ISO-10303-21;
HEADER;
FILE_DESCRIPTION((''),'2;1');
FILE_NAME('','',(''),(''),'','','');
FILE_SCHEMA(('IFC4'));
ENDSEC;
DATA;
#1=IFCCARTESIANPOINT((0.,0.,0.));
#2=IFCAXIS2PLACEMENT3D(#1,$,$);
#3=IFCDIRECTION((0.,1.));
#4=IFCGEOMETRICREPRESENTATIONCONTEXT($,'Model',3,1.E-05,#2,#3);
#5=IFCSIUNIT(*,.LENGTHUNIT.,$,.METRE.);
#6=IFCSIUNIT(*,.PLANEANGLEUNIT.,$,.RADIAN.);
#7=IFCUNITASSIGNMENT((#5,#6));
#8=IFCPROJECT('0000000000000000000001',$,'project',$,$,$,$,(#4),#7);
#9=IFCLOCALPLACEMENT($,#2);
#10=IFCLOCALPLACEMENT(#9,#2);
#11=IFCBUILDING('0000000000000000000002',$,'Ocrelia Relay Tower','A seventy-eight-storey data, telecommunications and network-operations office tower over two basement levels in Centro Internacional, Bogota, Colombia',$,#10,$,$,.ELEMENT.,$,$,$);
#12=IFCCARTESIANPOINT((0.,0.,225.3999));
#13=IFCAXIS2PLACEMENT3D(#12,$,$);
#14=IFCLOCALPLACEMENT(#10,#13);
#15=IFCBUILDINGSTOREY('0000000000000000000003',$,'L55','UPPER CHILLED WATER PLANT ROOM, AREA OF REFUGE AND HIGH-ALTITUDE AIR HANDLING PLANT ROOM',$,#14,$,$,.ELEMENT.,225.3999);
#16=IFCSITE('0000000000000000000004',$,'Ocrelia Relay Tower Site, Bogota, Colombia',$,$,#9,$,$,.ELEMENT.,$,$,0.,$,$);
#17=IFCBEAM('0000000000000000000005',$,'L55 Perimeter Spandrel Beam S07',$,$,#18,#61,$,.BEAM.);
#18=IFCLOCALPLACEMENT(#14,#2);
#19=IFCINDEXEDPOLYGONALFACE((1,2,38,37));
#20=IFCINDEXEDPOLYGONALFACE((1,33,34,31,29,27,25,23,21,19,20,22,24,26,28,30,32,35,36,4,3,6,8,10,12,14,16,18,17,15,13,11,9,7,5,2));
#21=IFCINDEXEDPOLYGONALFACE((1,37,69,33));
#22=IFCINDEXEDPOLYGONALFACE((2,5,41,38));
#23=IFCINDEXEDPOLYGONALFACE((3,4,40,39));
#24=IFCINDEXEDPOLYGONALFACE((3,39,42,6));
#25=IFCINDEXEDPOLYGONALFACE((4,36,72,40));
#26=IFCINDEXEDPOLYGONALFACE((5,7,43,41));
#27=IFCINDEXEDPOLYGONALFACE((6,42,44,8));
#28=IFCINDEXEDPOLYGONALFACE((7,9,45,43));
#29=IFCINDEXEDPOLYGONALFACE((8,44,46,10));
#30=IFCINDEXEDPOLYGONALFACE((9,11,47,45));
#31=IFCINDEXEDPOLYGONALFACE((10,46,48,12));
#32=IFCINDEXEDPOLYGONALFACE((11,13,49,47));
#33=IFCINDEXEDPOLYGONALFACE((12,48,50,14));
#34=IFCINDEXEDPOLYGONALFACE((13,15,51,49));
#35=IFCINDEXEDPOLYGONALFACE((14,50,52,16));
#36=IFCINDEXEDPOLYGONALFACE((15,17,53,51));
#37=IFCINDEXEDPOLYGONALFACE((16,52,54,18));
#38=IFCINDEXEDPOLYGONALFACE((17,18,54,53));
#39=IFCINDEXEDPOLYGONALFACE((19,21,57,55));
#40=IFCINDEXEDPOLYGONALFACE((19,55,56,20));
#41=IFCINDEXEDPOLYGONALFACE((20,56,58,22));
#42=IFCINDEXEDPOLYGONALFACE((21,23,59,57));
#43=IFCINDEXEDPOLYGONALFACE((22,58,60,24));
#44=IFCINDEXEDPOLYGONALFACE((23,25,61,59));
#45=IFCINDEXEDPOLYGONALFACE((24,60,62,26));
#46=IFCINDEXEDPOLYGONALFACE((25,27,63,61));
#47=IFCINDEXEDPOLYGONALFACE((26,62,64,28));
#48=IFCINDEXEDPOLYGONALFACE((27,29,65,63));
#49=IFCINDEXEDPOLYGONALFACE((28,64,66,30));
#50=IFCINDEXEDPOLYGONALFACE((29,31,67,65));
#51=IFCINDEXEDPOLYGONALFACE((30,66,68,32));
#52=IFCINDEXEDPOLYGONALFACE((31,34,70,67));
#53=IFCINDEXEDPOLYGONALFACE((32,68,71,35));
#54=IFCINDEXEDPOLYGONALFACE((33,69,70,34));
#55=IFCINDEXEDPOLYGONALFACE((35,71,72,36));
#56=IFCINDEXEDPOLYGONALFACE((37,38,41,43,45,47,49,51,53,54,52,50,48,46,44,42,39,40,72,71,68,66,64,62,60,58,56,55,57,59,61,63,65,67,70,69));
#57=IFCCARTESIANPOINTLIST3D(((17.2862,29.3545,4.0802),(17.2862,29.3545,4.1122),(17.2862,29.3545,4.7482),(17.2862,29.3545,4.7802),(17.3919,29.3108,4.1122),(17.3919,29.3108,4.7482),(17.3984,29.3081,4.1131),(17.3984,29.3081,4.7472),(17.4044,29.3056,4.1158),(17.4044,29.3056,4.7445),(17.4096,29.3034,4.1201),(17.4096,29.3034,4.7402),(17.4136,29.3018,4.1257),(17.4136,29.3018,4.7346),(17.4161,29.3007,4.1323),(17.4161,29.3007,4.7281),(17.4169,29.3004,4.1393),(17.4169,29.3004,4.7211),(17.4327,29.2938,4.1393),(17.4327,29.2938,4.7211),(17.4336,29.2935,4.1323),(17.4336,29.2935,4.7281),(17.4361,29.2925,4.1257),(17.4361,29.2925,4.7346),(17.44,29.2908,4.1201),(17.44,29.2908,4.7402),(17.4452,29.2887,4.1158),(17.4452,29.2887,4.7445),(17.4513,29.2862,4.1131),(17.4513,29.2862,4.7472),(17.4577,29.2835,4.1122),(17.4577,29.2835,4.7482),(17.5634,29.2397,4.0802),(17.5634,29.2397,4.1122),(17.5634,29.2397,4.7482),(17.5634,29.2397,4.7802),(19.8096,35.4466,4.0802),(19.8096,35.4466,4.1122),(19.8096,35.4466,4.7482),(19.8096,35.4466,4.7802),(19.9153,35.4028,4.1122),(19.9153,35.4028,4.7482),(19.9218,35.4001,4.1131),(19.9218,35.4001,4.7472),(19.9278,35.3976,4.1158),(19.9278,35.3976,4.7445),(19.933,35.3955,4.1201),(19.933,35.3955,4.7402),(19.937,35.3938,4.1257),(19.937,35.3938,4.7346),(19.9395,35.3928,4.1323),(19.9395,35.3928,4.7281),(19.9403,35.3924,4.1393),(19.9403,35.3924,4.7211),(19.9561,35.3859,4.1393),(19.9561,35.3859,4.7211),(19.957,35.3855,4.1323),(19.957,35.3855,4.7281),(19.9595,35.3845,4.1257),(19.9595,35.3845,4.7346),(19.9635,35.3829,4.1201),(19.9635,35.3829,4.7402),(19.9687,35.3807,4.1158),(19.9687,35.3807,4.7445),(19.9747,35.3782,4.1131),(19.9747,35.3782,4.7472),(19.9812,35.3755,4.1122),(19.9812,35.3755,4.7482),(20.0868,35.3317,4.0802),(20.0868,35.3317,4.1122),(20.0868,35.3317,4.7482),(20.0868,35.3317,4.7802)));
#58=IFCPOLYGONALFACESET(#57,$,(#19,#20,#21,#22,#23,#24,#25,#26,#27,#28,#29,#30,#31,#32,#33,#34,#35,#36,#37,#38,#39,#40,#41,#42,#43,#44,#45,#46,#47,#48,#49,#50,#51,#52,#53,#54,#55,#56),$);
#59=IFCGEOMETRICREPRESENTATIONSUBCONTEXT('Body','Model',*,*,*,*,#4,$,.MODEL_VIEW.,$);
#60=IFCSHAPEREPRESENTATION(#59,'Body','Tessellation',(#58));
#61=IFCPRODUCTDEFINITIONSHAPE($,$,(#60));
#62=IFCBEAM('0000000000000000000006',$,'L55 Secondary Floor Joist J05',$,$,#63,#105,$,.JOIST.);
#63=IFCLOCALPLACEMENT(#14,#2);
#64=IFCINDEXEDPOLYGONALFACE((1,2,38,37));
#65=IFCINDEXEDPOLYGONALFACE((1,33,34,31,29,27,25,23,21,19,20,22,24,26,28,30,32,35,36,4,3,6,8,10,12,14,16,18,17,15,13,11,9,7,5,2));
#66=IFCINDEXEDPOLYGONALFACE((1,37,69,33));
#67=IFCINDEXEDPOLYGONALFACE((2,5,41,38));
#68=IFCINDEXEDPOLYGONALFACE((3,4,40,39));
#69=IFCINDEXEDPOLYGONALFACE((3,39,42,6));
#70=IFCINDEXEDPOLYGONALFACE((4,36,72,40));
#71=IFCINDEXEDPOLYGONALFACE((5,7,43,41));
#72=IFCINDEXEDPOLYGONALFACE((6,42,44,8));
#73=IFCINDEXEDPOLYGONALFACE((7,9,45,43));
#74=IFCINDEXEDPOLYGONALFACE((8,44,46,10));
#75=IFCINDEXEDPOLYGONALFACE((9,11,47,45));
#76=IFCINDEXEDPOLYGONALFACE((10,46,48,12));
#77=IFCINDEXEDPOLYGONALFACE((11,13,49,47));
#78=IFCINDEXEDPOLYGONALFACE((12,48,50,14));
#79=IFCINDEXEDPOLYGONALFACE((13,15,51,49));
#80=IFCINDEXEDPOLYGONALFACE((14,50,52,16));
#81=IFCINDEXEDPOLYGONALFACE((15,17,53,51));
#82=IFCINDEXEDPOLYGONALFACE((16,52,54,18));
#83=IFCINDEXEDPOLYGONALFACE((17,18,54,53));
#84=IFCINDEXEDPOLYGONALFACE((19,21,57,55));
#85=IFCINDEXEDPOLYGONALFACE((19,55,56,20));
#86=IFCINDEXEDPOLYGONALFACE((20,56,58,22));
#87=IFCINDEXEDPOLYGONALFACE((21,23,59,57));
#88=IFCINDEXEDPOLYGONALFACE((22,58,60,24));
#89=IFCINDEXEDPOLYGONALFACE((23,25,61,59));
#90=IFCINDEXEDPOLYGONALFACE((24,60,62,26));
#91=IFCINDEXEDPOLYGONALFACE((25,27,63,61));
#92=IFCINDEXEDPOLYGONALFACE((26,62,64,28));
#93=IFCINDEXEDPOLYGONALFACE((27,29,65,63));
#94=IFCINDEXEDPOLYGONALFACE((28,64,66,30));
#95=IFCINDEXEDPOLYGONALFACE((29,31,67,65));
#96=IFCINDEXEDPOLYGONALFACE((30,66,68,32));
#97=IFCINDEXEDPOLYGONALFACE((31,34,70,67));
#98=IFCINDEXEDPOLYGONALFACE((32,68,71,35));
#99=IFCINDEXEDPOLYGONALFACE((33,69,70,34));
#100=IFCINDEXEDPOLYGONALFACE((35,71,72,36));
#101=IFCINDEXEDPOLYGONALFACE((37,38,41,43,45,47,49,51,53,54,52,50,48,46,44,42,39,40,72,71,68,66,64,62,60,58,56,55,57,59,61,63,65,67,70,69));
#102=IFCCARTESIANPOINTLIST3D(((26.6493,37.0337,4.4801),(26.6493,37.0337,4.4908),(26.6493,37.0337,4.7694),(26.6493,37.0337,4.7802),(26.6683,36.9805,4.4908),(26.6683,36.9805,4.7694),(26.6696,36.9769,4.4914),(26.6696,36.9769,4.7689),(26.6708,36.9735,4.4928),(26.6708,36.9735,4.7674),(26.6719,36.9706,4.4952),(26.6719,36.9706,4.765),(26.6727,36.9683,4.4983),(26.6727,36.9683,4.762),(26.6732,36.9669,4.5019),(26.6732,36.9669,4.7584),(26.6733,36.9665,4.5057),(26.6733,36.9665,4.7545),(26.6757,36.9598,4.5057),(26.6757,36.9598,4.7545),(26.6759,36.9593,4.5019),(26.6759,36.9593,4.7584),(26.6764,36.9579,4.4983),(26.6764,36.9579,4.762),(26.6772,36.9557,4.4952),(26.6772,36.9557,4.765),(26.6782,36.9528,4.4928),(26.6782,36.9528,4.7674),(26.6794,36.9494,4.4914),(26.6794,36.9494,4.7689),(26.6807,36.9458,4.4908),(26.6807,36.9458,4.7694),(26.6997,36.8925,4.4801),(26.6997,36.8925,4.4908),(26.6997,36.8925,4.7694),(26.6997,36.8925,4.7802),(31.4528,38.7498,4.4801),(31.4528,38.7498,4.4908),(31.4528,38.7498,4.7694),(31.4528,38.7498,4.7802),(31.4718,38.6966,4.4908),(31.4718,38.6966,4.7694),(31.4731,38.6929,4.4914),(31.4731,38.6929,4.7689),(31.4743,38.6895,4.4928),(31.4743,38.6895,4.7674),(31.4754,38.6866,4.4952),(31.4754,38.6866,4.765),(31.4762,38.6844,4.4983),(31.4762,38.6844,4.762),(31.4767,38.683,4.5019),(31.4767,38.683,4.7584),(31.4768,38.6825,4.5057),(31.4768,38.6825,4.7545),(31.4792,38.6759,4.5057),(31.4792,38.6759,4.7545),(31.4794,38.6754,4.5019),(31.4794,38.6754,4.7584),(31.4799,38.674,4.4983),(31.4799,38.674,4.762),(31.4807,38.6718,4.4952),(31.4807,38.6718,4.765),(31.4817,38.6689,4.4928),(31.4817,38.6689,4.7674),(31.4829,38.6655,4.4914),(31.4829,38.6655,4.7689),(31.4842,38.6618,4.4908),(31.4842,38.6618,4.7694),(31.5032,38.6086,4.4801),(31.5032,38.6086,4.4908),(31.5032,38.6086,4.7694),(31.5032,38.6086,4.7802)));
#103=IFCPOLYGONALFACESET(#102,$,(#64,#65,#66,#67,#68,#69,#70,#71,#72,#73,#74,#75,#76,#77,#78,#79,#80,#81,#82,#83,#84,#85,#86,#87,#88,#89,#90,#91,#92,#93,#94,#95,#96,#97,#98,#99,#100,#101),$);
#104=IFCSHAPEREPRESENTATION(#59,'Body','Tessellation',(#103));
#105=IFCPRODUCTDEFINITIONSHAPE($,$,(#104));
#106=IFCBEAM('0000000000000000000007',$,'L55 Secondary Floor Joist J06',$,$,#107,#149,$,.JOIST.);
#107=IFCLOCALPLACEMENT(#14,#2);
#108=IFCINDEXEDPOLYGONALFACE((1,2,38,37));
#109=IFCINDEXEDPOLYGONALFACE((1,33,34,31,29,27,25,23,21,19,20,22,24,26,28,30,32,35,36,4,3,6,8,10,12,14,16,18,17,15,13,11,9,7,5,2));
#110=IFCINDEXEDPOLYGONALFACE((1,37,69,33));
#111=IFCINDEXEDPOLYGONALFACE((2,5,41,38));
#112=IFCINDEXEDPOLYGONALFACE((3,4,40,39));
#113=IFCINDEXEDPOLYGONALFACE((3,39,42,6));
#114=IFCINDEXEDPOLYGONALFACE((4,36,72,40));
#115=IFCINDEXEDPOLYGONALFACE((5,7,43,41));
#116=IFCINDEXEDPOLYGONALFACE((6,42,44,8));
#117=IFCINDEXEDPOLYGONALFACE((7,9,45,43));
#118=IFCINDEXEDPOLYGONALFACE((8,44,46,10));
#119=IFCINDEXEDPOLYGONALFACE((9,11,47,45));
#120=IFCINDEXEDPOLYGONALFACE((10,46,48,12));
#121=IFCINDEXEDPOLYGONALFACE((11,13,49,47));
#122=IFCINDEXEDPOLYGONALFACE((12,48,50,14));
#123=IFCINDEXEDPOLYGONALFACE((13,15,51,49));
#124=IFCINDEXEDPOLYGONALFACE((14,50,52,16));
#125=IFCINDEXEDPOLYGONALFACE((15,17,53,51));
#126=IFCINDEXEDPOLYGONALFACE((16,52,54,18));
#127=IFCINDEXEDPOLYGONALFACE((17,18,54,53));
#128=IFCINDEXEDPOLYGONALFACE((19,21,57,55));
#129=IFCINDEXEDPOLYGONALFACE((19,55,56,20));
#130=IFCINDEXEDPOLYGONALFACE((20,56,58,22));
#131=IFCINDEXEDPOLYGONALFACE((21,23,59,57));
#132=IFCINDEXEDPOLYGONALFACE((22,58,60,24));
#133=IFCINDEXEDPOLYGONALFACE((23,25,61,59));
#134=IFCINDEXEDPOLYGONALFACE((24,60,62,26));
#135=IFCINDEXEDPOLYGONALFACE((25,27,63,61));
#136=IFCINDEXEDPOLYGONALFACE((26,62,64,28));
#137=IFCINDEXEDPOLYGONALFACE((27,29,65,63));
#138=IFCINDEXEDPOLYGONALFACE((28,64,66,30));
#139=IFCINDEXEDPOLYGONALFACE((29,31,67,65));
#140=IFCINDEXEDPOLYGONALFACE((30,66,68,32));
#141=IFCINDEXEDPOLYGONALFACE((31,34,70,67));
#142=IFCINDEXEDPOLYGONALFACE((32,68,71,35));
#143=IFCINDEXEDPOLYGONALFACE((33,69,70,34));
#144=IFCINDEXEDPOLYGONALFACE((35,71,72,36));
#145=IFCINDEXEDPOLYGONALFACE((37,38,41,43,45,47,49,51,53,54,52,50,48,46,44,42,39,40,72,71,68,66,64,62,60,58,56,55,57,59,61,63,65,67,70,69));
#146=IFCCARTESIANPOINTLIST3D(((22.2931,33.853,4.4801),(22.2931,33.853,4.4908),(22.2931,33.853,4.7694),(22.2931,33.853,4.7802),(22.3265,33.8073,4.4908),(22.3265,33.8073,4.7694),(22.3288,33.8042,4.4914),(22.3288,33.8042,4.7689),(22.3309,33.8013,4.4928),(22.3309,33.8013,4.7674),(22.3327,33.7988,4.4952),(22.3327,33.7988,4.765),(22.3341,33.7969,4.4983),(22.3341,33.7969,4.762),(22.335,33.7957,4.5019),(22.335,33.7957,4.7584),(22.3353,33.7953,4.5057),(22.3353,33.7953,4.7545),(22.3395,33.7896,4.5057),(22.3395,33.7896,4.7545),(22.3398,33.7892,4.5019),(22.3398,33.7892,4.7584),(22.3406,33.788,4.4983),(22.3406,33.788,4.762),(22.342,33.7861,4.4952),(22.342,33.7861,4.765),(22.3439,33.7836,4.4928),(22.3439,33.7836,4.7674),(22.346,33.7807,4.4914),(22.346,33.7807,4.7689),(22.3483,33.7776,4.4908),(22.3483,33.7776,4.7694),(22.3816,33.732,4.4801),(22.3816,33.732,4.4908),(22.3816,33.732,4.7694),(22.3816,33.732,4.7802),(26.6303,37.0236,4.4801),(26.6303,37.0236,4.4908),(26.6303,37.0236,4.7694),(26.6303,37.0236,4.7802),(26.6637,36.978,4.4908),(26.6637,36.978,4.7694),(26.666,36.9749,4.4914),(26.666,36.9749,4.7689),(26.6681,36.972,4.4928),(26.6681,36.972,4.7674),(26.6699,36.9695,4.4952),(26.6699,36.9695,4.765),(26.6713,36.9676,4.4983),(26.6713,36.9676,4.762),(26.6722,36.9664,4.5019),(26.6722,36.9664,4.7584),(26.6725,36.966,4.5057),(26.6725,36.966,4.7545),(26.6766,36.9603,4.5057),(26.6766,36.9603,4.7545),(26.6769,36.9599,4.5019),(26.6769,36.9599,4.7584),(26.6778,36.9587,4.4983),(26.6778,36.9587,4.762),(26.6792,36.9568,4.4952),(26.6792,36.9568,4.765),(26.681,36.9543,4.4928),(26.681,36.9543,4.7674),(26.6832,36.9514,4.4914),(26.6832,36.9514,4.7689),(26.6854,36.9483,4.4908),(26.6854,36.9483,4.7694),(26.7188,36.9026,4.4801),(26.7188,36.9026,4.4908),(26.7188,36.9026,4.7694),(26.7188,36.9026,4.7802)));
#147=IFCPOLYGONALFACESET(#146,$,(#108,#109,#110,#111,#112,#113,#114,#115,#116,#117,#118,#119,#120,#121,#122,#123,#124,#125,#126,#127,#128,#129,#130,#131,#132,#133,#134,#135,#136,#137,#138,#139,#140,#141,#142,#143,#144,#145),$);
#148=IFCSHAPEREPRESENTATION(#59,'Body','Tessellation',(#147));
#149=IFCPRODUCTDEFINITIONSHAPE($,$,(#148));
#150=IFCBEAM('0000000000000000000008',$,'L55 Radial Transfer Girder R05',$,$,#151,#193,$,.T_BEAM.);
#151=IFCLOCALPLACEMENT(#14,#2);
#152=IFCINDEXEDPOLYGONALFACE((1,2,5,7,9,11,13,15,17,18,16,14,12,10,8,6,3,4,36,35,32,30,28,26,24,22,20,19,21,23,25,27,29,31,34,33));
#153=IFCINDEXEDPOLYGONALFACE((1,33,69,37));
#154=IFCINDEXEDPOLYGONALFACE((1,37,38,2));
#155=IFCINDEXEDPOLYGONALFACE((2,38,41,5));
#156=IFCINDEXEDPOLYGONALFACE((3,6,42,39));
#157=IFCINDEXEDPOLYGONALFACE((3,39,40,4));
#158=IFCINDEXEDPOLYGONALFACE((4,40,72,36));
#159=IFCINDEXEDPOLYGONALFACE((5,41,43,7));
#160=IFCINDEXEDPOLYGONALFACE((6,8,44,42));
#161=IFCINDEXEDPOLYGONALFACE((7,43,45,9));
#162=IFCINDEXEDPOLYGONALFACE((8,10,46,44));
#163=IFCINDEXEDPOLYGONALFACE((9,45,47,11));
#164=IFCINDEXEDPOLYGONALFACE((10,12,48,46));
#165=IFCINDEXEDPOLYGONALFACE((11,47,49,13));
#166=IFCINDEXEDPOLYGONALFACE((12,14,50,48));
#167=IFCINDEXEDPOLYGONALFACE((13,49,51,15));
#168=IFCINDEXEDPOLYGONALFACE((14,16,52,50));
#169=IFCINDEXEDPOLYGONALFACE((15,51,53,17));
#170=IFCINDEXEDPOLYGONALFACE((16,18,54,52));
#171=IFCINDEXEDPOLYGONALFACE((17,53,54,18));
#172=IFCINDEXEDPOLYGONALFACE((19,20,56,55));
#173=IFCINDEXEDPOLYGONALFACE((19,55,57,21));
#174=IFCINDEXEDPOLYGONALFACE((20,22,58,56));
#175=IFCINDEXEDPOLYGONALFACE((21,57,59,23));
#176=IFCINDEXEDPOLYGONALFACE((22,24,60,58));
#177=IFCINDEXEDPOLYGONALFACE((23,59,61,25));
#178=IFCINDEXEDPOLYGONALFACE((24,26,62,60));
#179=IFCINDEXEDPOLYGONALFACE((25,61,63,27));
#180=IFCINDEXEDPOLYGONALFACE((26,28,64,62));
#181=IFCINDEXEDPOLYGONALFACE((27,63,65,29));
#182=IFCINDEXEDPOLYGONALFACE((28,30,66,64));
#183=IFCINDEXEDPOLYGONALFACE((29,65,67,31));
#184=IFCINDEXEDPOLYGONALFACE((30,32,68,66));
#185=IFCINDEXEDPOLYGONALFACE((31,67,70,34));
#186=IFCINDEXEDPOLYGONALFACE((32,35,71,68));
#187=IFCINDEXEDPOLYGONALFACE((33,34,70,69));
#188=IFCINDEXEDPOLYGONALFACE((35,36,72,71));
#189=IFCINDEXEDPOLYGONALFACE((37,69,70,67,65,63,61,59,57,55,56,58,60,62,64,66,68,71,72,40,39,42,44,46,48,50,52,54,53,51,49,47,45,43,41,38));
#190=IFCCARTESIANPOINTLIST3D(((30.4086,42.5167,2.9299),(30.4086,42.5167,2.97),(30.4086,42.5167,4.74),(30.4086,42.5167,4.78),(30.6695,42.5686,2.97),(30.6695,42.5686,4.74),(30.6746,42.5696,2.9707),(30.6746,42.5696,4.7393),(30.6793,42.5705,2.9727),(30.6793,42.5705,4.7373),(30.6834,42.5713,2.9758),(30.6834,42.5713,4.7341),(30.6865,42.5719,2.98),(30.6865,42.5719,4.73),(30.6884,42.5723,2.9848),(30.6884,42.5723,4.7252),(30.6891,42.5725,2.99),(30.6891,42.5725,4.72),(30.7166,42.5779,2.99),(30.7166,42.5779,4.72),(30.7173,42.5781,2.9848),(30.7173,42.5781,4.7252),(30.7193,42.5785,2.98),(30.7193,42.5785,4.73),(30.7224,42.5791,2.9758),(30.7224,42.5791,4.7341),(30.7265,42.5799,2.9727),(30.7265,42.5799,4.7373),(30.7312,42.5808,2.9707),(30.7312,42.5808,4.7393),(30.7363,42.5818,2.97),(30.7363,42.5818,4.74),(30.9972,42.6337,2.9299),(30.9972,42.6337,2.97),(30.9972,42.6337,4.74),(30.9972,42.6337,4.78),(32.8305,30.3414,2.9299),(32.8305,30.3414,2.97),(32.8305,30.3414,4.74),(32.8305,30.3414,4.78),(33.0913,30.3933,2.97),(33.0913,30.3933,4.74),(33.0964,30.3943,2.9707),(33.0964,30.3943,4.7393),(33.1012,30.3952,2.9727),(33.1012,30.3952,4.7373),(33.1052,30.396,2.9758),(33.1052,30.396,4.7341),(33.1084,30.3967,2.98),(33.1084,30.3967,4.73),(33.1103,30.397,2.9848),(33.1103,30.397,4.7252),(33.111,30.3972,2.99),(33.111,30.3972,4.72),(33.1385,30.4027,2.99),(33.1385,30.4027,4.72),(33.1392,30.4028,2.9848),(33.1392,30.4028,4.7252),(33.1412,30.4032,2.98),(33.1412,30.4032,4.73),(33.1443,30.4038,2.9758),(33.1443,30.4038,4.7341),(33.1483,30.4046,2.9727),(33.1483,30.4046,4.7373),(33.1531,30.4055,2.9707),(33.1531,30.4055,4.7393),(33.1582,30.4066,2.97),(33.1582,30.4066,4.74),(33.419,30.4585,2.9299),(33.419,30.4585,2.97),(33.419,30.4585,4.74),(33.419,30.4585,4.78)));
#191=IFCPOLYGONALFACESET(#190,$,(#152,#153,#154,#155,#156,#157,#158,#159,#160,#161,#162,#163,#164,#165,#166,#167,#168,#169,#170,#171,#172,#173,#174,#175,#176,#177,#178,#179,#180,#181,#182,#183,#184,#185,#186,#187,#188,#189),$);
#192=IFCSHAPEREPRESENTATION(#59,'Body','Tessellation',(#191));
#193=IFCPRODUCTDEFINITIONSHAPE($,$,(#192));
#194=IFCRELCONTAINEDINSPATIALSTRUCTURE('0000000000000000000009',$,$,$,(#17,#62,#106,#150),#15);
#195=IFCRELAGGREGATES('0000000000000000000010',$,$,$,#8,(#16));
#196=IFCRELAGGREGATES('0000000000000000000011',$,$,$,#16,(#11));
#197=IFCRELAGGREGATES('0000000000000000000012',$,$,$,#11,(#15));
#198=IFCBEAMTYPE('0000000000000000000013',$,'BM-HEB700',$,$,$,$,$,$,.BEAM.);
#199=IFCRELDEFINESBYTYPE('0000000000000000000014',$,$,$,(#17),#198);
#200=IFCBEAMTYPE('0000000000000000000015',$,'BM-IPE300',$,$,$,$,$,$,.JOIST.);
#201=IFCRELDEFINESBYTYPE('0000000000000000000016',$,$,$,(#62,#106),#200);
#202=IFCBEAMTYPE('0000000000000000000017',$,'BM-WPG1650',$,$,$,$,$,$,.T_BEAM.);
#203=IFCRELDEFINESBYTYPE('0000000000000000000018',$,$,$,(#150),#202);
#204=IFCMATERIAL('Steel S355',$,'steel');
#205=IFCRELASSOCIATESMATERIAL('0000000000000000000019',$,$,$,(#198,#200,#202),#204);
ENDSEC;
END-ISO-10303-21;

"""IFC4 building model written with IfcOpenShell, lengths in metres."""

from ifc_helpers import new_model, si_unit, direction, frame, origin, origin_2d, place, context, subcontext, project, spatial, i_section, extrude, material, material_profile, profile_set, type_object, element, save


model = new_model("IFC4")

# Units and contexts
model_context = context("Model", 3, precision=1e-05, world=origin(), true_north=direction((0.0, 1.0)))
body_context = subcontext(model_context, "Body", "Model", "MODEL_VIEW")
ifc_project = project(units=[si_unit("LENGTHUNIT", "METRE"), si_unit("PLANEANGLEUNIT", "RADIAN")], contexts=[model_context])

# Site, building, storey
site_placement = place(None, origin())
site = spatial("IfcSite", under=ifc_project, at=site_placement, Name="Ocrelia Relay Tower Site, Bogota, Colombia", CompositionType="ELEMENT", RefElevation=0.0)
building_placement = place(site_placement, origin())
building = spatial("IfcBuilding", under=site, at=building_placement, Name="Ocrelia Relay Tower", Description="A seventy-eight-storey data, telecommunications and network-operations office tower over two basement levels in Centro Internacional, Bogota, Colombia", CompositionType="ELEMENT")
storey_placement = place(building_placement, frame((0.0, 0.0, 225.3999)))
storey = spatial("IfcBuildingStorey", under=building, at=storey_placement, Name="L55", Description="UPPER CHILLED WATER PLANT ROOM, AREA OF REFUGE AND HIGH-ALTITUDE AIR HANDLING PLANT ROOM", CompositionType="ELEMENT", Elevation=225.3999)

# Beams
ifc_material_1 = material(Name="Steel S355", Category="steel")
ifc_material_profile_1 = material_profile(ifc_material_1, i_section(OverallWidth=0.3, OverallDepth=0.7, WebThickness=0.0171, FlangeThickness=0.032, FilletRadius=0.0271, at=origin_2d()), Name="HEB 700")
ifc_profile_set_1 = profile_set([ifc_material_profile_1], Name="Steel S355")
beam_type_1 = type_object("IfcBeamType", Name="BM-HEB700", PredefinedType="BEAM", material=ifc_profile_set_1)
for number, where, z_axis, x_axis, name in (
    (1, (19.9482, 35.3892, 4.4302), (-0.382688, -0.923878, 0.0), (0.923878, -0.382688, 0.0), "L55 Perimeter Spandrel Beam S07"),
):
    element("IfcBeam", number, at=place(storey_placement, frame(where, z_axis=z_axis, x_axis=x_axis)), inside=storey, type_object=beam_type_1, Name=name, PredefinedType="BEAM", context=body_context, shape_type="SweptSolid", body=[
        extrude(i_section(OverallWidth=0.3, OverallDepth=0.7, WebThickness=0.0171, FlangeThickness=0.032, FilletRadius=0.0271, at=origin_2d()), origin(), (0.0, 0.0, 1.0), 6.594),
    ])
ifc_material_profile_2 = material_profile(ifc_material_1, i_section(OverallWidth=0.1499, OverallDepth=0.3, WebThickness=0.0071, FlangeThickness=0.0107, FilletRadius=0.0149, at=origin_2d()), Name="IPE 300")
ifc_profile_set_2 = profile_set([ifc_material_profile_2], Name="Steel S355")
beam_type_2 = type_object("IfcBeamType", Name="BM-IPE300", PredefinedType="JOIST", material=ifc_profile_set_2)
beam_1_placement = place(storey_placement, frame((31.478, 38.6792, 4.6301), z_axis=(-0.941708, -0.33643, 0.0), x_axis=(0.33643, -0.941708, 0.0)))
element("IfcBeam", 2, at=beam_1_placement, inside=storey, type_object=beam_type_2, Name="L55 Secondary Floor Joist J05", PredefinedType="JOIST", context=body_context, shape_type="SweptSolid", body=[
    extrude(i_section(OverallWidth=0.1499, OverallDepth=0.3, WebThickness=0.0071, FlangeThickness=0.0107, FilletRadius=0.0149, at=origin_2d()), origin(), (0.0, 0.0, 1.0), 5.1008),
])
beam_2_placement = place(storey_placement, frame((26.6746, 36.9631, 4.6301), z_axis=(-0.807285, -0.590161, 0.0), x_axis=(0.590161, -0.807285, 0.0)))
element("IfcBeam", 3, at=beam_2_placement, inside=storey, type_object=beam_type_2, Name="L55 Secondary Floor Joist J06", PredefinedType="JOIST", context=body_context, shape_type="SweptSolid", body=[
    extrude(i_section(OverallWidth=0.1499, OverallDepth=0.3, WebThickness=0.0071, FlangeThickness=0.0107, FilletRadius=0.0149, at=origin_2d()), origin(), (0.0, 0.0, 1.0), 5.3726),
])
ifc_material_profile_3 = material_profile(ifc_material_1, i_section(OverallWidth=0.6001, OverallDepth=1.8501, WebThickness=0.0281, FlangeThickness=0.04, FilletRadius=0.02, at=origin_2d()), Name="WPG 1850x600")
ifc_profile_set_3 = profile_set([ifc_material_profile_3], Name="Steel S355")
beam_type_3 = type_object("IfcBeamType", Name="BM-WPG1650", PredefinedType="T_BEAM", material=ifc_profile_set_3)
beam_3_placement = place(storey_placement, frame((30.7029, 42.5752, 3.855), z_axis=(0.195095, -0.980784, 0.0), x_axis=(0.980784, 0.195095, 0.0)))
element("IfcBeam", 4, at=beam_3_placement, inside=storey, type_object=beam_type_3, Name="L55 Radial Transfer Girder R05", PredefinedType="T_BEAM", context=body_context, shape_type="SweptSolid", body=[
    extrude(i_section(OverallWidth=0.6001, OverallDepth=1.8501, WebThickness=0.0281, FlangeThickness=0.04, FilletRadius=0.02, at=origin_2d()), origin(), (0.0, 0.0, 1.0), 12.4138),
])

save(model, "model.ifc")
